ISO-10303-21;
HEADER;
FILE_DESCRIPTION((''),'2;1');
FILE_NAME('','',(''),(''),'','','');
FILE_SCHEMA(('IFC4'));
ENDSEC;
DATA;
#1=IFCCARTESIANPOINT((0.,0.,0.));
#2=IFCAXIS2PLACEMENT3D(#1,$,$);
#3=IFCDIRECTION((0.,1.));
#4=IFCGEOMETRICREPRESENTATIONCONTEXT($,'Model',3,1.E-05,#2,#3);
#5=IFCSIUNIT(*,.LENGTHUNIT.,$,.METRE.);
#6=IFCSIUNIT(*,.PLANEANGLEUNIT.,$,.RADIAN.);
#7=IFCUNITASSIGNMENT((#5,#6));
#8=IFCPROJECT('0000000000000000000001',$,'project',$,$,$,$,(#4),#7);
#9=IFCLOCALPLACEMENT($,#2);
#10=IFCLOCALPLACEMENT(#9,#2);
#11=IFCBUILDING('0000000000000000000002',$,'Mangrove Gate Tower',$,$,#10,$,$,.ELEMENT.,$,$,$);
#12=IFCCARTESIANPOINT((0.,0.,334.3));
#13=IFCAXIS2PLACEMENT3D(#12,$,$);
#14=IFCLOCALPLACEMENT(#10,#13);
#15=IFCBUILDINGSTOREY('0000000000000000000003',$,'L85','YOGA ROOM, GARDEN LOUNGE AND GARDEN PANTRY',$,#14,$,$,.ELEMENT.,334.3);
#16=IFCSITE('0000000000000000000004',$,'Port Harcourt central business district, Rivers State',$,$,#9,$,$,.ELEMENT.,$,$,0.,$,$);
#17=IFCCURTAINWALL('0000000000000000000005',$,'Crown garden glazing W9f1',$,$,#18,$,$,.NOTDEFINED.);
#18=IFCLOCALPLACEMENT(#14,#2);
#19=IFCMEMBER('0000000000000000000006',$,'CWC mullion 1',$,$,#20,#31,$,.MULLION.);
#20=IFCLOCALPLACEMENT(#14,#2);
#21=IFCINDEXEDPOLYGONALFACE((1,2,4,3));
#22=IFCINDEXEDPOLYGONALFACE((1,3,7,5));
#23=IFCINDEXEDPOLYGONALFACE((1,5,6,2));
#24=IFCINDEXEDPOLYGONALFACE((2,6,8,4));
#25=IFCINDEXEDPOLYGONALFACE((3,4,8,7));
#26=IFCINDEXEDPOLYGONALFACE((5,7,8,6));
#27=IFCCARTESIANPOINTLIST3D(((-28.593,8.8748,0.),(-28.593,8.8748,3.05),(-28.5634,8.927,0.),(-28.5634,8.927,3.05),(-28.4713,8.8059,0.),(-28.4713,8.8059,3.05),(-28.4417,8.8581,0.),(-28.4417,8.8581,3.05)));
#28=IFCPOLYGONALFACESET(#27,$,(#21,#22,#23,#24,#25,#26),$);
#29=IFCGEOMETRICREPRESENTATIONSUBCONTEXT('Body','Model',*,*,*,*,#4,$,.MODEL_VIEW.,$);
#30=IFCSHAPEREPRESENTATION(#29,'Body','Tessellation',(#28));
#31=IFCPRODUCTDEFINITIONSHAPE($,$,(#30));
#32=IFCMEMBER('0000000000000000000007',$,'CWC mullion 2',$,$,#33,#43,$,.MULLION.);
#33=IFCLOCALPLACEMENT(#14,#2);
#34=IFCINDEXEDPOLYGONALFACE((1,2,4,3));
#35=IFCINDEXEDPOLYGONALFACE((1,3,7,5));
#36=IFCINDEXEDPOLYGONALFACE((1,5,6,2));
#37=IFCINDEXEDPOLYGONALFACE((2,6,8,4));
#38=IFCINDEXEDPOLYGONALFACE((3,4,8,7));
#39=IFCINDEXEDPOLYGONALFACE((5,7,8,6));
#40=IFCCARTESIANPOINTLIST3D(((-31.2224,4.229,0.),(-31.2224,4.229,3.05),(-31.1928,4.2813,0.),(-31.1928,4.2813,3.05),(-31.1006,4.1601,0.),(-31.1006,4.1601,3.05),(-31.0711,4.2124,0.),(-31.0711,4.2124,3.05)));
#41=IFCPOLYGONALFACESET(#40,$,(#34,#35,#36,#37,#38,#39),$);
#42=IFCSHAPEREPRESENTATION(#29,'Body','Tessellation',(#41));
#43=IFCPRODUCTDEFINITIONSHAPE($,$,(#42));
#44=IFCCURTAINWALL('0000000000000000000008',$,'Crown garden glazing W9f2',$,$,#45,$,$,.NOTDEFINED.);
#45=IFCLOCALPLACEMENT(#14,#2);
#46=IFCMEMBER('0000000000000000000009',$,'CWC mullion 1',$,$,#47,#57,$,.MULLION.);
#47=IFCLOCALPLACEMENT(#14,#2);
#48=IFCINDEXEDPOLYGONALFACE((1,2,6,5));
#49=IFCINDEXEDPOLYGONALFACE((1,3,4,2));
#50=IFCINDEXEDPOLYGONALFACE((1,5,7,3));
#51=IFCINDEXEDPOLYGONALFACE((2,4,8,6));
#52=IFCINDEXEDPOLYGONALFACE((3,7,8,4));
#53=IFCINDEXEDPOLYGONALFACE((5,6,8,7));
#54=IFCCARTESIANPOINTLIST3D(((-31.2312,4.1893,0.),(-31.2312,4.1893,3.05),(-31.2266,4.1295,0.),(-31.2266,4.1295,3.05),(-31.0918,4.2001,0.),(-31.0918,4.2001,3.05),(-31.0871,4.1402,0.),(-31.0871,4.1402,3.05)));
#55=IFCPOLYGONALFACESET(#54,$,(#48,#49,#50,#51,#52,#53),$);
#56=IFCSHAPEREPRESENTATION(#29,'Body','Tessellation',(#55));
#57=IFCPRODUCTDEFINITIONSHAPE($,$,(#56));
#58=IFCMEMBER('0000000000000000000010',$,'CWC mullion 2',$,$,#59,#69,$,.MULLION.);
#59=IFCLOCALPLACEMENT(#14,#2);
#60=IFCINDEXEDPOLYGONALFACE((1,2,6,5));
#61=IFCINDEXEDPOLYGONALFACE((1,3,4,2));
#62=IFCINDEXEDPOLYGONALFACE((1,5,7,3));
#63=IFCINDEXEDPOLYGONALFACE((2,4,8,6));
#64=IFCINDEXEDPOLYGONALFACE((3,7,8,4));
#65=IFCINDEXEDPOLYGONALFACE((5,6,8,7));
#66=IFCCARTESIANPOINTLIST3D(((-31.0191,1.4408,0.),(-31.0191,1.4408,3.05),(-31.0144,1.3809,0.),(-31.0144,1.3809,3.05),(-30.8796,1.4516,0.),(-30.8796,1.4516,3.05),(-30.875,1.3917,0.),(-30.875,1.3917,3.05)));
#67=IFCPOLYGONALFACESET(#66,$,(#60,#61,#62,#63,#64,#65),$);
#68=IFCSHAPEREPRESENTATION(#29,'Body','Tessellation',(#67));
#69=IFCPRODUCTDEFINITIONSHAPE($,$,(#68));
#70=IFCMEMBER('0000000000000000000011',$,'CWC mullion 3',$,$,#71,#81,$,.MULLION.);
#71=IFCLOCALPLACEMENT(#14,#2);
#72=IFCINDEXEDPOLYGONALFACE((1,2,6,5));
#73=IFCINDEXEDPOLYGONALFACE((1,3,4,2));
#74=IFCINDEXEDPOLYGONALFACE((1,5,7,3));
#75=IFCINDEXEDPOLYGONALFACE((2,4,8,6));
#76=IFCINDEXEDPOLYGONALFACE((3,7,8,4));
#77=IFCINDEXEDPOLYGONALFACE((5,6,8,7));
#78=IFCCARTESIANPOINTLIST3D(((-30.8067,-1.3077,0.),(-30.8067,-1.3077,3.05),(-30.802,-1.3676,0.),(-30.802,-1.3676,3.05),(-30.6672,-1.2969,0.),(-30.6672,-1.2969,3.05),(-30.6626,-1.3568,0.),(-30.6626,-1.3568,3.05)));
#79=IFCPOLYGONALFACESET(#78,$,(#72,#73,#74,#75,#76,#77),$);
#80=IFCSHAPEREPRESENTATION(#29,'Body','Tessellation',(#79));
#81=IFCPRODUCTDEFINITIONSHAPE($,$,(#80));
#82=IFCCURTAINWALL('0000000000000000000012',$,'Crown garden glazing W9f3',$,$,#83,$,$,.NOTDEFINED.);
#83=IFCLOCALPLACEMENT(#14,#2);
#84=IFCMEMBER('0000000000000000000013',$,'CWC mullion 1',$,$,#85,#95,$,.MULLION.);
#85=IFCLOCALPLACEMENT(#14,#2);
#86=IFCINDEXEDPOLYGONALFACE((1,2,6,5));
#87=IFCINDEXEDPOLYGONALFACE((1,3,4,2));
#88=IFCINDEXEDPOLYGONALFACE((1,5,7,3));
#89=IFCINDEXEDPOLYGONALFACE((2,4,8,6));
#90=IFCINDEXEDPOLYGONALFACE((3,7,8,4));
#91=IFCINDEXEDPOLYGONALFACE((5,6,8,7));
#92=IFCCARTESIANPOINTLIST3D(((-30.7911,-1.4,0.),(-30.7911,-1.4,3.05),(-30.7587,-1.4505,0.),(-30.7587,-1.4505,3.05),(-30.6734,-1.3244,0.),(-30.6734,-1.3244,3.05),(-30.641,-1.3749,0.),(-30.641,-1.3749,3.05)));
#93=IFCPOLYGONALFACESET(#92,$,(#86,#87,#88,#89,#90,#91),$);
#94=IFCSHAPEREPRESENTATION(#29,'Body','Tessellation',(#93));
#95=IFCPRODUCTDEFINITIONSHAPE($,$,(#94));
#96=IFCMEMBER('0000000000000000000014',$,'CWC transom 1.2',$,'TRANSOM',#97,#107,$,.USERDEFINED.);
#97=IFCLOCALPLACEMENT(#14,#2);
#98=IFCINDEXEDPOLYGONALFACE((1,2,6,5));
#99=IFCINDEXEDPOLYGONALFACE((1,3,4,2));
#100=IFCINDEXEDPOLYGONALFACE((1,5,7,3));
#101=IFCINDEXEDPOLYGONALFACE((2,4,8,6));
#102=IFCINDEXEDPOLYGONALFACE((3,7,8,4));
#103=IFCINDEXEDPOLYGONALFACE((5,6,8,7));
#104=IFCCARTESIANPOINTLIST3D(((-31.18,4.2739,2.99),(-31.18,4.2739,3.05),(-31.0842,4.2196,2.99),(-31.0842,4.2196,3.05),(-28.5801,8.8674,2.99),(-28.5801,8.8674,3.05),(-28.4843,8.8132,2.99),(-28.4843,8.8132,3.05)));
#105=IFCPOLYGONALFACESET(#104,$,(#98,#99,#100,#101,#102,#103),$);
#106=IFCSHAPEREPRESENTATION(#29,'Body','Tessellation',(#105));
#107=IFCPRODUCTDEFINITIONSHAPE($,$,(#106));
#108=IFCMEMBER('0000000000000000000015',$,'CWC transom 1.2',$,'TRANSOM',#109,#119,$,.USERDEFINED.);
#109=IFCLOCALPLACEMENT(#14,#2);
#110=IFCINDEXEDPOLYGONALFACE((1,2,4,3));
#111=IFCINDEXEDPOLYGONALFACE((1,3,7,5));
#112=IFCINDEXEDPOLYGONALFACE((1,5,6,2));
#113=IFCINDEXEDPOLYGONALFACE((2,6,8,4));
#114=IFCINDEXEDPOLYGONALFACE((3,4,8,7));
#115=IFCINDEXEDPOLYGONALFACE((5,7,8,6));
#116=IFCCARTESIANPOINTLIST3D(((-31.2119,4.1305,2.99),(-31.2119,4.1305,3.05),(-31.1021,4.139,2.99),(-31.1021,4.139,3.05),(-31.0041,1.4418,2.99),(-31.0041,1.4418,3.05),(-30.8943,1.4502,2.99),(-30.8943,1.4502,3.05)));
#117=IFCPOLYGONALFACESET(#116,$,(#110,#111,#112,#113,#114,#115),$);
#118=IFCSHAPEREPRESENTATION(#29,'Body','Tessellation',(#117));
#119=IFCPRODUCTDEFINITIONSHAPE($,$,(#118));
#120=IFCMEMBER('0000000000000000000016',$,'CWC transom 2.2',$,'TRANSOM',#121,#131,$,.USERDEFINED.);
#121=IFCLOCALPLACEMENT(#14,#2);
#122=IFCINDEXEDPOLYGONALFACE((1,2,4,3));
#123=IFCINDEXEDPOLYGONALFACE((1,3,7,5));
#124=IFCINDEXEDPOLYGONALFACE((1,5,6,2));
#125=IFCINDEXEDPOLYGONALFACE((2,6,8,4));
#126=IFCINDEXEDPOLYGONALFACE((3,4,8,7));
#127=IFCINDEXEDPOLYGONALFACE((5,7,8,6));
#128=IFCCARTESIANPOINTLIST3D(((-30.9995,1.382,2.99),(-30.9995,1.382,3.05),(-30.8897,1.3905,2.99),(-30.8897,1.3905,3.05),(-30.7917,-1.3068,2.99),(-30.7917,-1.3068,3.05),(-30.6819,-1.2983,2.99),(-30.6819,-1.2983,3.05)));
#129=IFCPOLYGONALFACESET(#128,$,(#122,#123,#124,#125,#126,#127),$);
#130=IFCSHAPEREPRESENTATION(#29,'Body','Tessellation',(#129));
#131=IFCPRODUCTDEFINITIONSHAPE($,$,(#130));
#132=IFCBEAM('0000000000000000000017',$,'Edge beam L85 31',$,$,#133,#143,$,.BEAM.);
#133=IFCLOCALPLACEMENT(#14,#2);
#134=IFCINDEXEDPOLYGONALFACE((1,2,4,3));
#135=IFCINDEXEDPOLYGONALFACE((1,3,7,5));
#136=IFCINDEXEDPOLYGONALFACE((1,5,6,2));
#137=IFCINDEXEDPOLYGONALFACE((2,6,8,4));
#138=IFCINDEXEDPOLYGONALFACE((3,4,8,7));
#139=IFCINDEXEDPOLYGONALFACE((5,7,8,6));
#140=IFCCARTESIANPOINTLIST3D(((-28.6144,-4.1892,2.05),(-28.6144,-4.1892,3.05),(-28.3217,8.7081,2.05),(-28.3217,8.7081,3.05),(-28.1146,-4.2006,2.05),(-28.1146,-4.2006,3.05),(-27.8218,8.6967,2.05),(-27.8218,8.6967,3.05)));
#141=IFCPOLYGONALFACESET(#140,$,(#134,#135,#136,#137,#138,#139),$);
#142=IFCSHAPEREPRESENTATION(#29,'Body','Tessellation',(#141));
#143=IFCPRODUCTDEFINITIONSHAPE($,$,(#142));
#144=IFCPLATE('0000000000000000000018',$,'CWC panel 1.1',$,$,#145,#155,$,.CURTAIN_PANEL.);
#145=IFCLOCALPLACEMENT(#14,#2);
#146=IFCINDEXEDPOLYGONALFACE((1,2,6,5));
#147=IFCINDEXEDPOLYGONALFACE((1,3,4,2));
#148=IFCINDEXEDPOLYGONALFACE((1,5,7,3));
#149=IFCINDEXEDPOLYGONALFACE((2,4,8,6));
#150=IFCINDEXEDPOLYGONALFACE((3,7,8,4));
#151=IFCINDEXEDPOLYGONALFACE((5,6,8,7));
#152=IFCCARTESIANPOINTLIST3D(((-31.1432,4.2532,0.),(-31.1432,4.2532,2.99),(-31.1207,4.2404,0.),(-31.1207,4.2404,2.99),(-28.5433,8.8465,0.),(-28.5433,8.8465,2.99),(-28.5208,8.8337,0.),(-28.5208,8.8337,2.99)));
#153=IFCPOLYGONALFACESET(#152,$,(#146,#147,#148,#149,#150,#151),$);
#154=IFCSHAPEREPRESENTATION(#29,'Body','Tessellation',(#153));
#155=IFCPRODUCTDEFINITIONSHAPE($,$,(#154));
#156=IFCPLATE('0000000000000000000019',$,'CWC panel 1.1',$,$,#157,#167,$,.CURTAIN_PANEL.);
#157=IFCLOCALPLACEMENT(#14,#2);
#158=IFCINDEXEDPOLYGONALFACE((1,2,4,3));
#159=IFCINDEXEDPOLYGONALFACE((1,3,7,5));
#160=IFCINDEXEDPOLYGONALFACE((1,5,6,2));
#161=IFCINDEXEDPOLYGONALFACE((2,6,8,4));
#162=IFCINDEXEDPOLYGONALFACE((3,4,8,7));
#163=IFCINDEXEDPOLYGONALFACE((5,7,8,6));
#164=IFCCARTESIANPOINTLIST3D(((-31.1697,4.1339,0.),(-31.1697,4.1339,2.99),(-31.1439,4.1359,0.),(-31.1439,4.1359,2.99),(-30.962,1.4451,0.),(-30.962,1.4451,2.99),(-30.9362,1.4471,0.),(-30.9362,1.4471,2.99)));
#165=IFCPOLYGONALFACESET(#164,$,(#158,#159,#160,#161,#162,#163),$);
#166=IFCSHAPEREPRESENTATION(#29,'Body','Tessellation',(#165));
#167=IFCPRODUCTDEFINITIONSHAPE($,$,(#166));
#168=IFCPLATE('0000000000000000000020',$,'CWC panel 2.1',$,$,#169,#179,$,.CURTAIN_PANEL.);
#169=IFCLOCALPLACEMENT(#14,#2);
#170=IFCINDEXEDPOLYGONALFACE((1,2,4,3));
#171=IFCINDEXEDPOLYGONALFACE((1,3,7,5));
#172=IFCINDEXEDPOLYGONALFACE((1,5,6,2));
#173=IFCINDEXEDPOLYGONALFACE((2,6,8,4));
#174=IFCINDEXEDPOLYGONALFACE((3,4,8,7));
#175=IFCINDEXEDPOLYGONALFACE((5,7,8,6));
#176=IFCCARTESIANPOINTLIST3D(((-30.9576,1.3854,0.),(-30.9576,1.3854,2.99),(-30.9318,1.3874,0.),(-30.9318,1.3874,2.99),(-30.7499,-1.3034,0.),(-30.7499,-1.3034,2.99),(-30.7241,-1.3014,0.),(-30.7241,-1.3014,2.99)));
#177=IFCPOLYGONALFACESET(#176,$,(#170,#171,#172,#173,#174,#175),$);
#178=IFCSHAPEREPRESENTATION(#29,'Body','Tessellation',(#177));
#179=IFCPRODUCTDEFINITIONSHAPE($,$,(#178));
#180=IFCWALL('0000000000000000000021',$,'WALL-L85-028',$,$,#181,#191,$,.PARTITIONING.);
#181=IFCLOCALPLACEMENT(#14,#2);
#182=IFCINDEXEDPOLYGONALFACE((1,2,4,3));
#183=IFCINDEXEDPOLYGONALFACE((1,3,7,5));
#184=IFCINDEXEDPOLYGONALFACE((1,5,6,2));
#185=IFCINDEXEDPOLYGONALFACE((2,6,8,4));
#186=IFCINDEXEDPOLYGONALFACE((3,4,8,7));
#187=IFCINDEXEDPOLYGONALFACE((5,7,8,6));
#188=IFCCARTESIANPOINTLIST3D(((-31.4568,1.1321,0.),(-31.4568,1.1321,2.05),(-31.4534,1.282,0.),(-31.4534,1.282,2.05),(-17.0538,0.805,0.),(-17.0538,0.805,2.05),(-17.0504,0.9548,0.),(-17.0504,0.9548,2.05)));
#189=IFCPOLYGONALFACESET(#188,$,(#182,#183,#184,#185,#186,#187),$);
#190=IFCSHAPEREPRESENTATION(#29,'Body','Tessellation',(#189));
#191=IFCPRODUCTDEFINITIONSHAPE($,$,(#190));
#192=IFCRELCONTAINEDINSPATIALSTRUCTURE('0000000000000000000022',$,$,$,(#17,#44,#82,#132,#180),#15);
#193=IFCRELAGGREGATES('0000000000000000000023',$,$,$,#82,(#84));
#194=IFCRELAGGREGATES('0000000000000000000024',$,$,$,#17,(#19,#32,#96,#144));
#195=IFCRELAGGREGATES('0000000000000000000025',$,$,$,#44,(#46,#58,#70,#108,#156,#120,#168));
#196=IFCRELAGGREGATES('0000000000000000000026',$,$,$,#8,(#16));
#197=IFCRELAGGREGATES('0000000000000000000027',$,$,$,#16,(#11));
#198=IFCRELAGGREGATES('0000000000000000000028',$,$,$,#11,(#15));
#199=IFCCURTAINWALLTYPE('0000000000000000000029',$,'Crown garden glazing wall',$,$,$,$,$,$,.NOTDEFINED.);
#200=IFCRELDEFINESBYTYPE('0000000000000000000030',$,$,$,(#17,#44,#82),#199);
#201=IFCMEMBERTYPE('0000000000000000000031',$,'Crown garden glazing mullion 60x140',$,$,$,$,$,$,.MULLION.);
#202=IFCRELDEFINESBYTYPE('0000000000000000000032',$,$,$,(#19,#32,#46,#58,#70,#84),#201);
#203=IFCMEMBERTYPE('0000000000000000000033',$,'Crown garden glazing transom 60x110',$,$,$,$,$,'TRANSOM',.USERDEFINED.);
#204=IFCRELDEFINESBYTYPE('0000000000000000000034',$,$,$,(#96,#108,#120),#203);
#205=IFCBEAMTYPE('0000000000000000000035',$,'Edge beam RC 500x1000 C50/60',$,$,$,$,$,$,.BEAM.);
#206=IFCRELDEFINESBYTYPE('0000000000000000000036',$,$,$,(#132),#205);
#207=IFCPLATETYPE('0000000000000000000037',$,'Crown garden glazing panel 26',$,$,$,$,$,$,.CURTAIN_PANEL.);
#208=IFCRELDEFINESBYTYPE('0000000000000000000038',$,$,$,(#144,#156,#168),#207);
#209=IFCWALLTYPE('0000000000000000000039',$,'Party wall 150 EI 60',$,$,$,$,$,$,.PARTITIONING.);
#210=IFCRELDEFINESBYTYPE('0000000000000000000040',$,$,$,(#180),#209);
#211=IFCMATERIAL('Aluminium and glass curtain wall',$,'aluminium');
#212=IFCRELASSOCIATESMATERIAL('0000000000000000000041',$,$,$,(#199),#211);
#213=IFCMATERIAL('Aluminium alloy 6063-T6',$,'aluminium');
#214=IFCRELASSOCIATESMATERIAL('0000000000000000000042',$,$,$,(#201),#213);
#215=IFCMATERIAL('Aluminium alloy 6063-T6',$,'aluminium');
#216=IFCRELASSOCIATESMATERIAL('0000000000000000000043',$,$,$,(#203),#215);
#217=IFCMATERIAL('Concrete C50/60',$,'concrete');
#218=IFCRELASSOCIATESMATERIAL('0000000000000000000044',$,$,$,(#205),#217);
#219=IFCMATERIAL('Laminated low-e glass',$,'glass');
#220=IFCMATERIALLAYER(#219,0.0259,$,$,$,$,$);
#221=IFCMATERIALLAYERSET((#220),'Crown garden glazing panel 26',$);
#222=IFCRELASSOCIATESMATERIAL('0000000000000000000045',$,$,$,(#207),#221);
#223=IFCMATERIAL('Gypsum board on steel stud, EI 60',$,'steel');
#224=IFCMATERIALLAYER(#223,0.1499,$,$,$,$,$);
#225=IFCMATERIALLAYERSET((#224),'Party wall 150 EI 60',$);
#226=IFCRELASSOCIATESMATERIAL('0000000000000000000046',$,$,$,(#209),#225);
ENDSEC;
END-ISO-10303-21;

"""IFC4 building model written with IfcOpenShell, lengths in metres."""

from ifc_helpers import new_model, si_unit, direction, frame, frame_2d, origin, origin_2d, place, context, subcontext, project, spatial, rectangle, extrude, material, layer, layer_set, material_profile, profile_set, type_object, element, aggregate, save


model = new_model("IFC4")

# Units and contexts
model_context = context("Model", 3, precision=1e-05, world=origin(), true_north=direction((0.0, 1.0)))
body_context = subcontext(model_context, "Body", "Model", "MODEL_VIEW")
ifc_project = project(units=[si_unit("LENGTHUNIT", "METRE"), si_unit("PLANEANGLEUNIT", "RADIAN")], contexts=[model_context])

# Site, building, storey
site_placement = place(None, origin())
site = spatial("IfcSite", under=ifc_project, at=site_placement, Name="Port Harcourt central business district, Rivers State", CompositionType="ELEMENT", RefElevation=0.0)
building_placement = place(site_placement, origin())
building = spatial("IfcBuilding", under=site, at=building_placement, Name="Mangrove Gate Tower", CompositionType="ELEMENT")
storey_placement = place(building_placement, frame((0.0, 0.0, 334.3)))
storey = spatial("IfcBuildingStorey", under=building, at=storey_placement, Name="L85", Description="YOGA ROOM, GARDEN LOUNGE AND GARDEN PANTRY", CompositionType="ELEMENT", Elevation=334.3)

# Curtain walls, members
ifc_material_1 = material(Name="Aluminium and glass curtain wall", Category="aluminium")
curtain_wall_type = type_object("IfcCurtainWallType", Name="Crown garden glazing wall", PredefinedType="NOTDEFINED", material=ifc_material_1)
curtain_wall_1_placement = place(storey_placement, origin())
curtain_wall_1 = element("IfcCurtainWall", 1, at=curtain_wall_1_placement, inside=storey, type_object=curtain_wall_type, Name="Crown garden glazing W9f1", PredefinedType="NOTDEFINED")
ifc_material_2 = material(Name="Aluminium alloy 6063-T6", Category="aluminium")
ifc_material_profile_1 = material_profile(ifc_material_2, rectangle(XDim=0.0601, YDim=0.1399, at=origin_2d()))
ifc_profile_set_1 = profile_set([ifc_material_profile_1], Name="Aluminium alloy 6063-T6")
member_type_1 = type_object("IfcMemberType", Name="Crown garden glazing mullion 60x140", PredefinedType="MULLION", material=ifc_profile_set_1)
member_1_placement = place(storey_placement, frame((-28.5173, 8.8665, 0.0), z_axis=(0.0, 0.0, 1.0), x_axis=(-0.492585, -0.870264, 0.0)))
member_1 = element("IfcMember", 2, at=member_1_placement, type_object=member_type_1, Name="CWC mullion 1", PredefinedType="MULLION", context=body_context, shape_type="SweptSolid", body=[
    extrude(rectangle(XDim=0.0601, YDim=0.1399, at=origin_2d()), origin(), (0.0, 0.0, 1.0), 3.05),
])
member_2_placement = place(storey_placement, frame((-31.1467, 4.2207, 0.0), z_axis=(0.0, 0.0, 1.0), x_axis=(-0.492585, -0.870264, 0.0)))
member_2 = element("IfcMember", 3, at=member_2_placement, type_object=member_type_1, Name="CWC mullion 2", PredefinedType="MULLION", context=body_context, shape_type="SweptSolid", body=[
    extrude(rectangle(XDim=0.0601, YDim=0.1399, at=origin_2d()), origin(), (0.0, 0.0, 1.0), 3.05),
])
curtain_wall_2_placement = place(storey_placement, origin())
curtain_wall_2 = element("IfcCurtainWall", 4, at=curtain_wall_2_placement, inside=storey, type_object=curtain_wall_type, Name="Crown garden glazing W9f2", PredefinedType="NOTDEFINED")
member_3_placement = place(storey_placement, frame((-31.1592, 4.1648, 0.0), z_axis=(0.0, 0.0, 1.0), x_axis=(0.077023, -0.997029, 0.0)))
member_3 = element("IfcMember", 5, at=member_3_placement, type_object=member_type_1, Name="CWC mullion 1", PredefinedType="MULLION", context=body_context, shape_type="SweptSolid", body=[
    extrude(rectangle(XDim=0.0601, YDim=0.1399, at=origin_2d()), origin(), (0.0, 0.0, 1.0), 3.05),
])
member_4_placement = place(storey_placement, frame((-30.947, 1.4163, 0.0), z_axis=(0.0, 0.0, 1.0), x_axis=(0.077023, -0.997029, 0.0)))
member_4 = element("IfcMember", 6, at=member_4_placement, type_object=member_type_1, Name="CWC mullion 2", PredefinedType="MULLION", context=body_context, shape_type="SweptSolid", body=[
    extrude(rectangle(XDim=0.0601, YDim=0.1399, at=origin_2d()), origin(), (0.0, 0.0, 1.0), 3.05),
])
member_5_placement = place(storey_placement, frame((-30.7346, -1.3323, 0.0), z_axis=(0.0, 0.0, 1.0), x_axis=(0.077023, -0.997029, 0.0)))
member_5 = element("IfcMember", 7, at=member_5_placement, type_object=member_type_1, Name="CWC mullion 3", PredefinedType="MULLION", context=body_context, shape_type="SweptSolid", body=[
    extrude(rectangle(XDim=0.0601, YDim=0.1399, at=origin_2d()), origin(), (0.0, 0.0, 1.0), 3.05),
])

# Curtain wall, member
curtain_wall_3_placement = place(storey_placement, origin())
curtain_wall_3 = element("IfcCurtainWall", 8, at=curtain_wall_3_placement, inside=storey, type_object=curtain_wall_type, Name="Crown garden glazing W9f3", PredefinedType="NOTDEFINED")
member_6_placement = place(storey_placement, frame((-30.7161, -1.3875, 0.0), z_axis=(0.0, 0.0, 1.0), x_axis=(0.540511, -0.841337, 0.0)))
member_6 = element("IfcMember", 9, at=member_6_placement, type_object=member_type_1, Name="CWC mullion 1", PredefinedType="MULLION", context=body_context, shape_type="SweptSolid", body=[
    extrude(rectangle(XDim=0.0601, YDim=0.1399, at=origin_2d()), origin(), (0.0, 0.0, 1.0), 3.05),
])
aggregate(curtain_wall_3, [member_6])

# Members
ifc_material_3 = material(Name="Aluminium alloy 6063-T6", Category="aluminium")
ifc_material_profile_2 = material_profile(ifc_material_3, rectangle(XDim=0.0601, YDim=0.1101, at=origin_2d()))
ifc_profile_set_2 = profile_set([ifc_material_profile_2], Name="Aluminium alloy 6063-T6")
member_type_2 = type_object("IfcMemberType", Name="Crown garden glazing transom 60x110", ElementType="TRANSOM", PredefinedType="USERDEFINED", material=ifc_profile_set_2)
member_7_placement = place(storey_placement, frame((-28.5322, 8.8403, 3.02), z_axis=(-0.492563, -0.870277, 0.0), x_axis=(0.0, 0.0, 1.0)))
member_7 = element("IfcMember", 10, at=member_7_placement, type_object=member_type_2, Name="CWC transom 1.2", ObjectType="TRANSOM", PredefinedType="USERDEFINED", context=body_context, shape_type="SweptSolid", body=[
    extrude(rectangle(XDim=0.0601, YDim=0.1101, at=origin_2d()), origin(), (0.0, 0.0, 1.0), 5.2783),
])
member_8_placement = place(storey_placement, frame((-31.157, 4.1348, 3.02), z_axis=(0.077043, -0.997028, 0.0), x_axis=(0.0, 0.0, 1.0)))
member_8 = element("IfcMember", 11, at=member_8_placement, type_object=member_type_2, Name="CWC transom 1.2", ObjectType="TRANSOM", PredefinedType="USERDEFINED", context=body_context, shape_type="SweptSolid", body=[
    extrude(rectangle(XDim=0.0601, YDim=0.1101, at=origin_2d()), origin(), (0.0, 0.0, 1.0), 2.6968),
])
member_9_placement = place(storey_placement, frame((-30.9446, 1.3862, 3.02), z_axis=(0.077043, -0.997028, 0.0), x_axis=(0.0, 0.0, 1.0)))
member_9 = element("IfcMember", 12, at=member_9_placement, type_object=member_type_2, Name="CWC transom 2.2", ObjectType="TRANSOM", PredefinedType="USERDEFINED", context=body_context, shape_type="SweptSolid", body=[
    extrude(rectangle(XDim=0.0601, YDim=0.1101, at=origin_2d()), origin(), (0.0, 0.0, 1.0), 2.6968),
])

# Beam
ifc_material_4 = material(Name="Concrete C50/60", Category="concrete")
ifc_material_profile_3 = material_profile(ifc_material_4, rectangle(XDim=0.5, YDim=1.0, at=origin_2d()))
ifc_profile_set_3 = profile_set([ifc_material_profile_3], Name="Concrete C50/60")
beam_type = type_object("IfcBeamType", Name="Edge beam RC 500x1000 C50/60", PredefinedType="BEAM", material=ifc_profile_set_3)
beam_placement = place(storey_placement, frame((-28.0718, 8.7024, 2.55), z_axis=(-0.022691, -0.999743, 0.0), x_axis=(0.999743, -0.022691, 0.0)))
element("IfcBeam", 13, at=beam_placement, inside=storey, type_object=beam_type, Name="Edge beam L85 31", PredefinedType="BEAM", context=body_context, shape_type="SweptSolid", body=[
    extrude(rectangle(XDim=0.5, YDim=1.0, at=origin_2d()), origin(), (0.0, 0.0, 1.0), 12.9006),
])

# Plates
ifc_material_5 = material(Name="Laminated low-e glass", Category="glass")
ifc_layer_1 = layer(ifc_material_5, 0.0259)
ifc_layer_set_1 = layer_set([ifc_layer_1], Name="Crown garden glazing panel 26")
plate_type = type_object("IfcPlateType", Name="Crown garden glazing panel 26", PredefinedType="CURTAIN_PANEL", material=ifc_layer_set_1)
plate_1_placement = place(storey_placement, frame((-29.832, 6.5435, 0.0), z_axis=(0.0, 0.0, 1.0), x_axis=(-0.492585, -0.870264, 0.0)))
plate_1 = element("IfcPlate", 14, at=plate_1_placement, type_object=plate_type, Name="CWC panel 1.1", PredefinedType="CURTAIN_PANEL", context=body_context, shape_type="SweptSolid", body=[
    extrude(rectangle(XDim=5.2781, YDim=0.0259, at=origin_2d()), origin(), (0.0, 0.0, 1.0), 2.99),
])
aggregate(curtain_wall_1, [member_1, member_2, member_7, plate_1])
plate_2_placement = place(storey_placement, frame((-31.053, 2.7905, 0.0), z_axis=(0.0, 0.0, 1.0), x_axis=(0.077023, -0.997029, 0.0)))
plate_2 = element("IfcPlate", 15, at=plate_2_placement, type_object=plate_type, Name="CWC panel 1.1", PredefinedType="CURTAIN_PANEL", context=body_context, shape_type="SweptSolid", body=[
    extrude(rectangle(XDim=2.6968, YDim=0.0259, at=origin_2d()), origin(), (0.0, 0.0, 1.0), 2.99),
])
plate_3_placement = place(storey_placement, frame((-30.8408, 0.042, 0.0), z_axis=(0.0, 0.0, 1.0), x_axis=(0.077023, -0.997029, 0.0)))
plate_3 = element("IfcPlate", 16, at=plate_3_placement, type_object=plate_type, Name="CWC panel 2.1", PredefinedType="CURTAIN_PANEL", context=body_context, shape_type="SweptSolid", body=[
    extrude(rectangle(XDim=2.6968, YDim=0.0259, at=origin_2d()), origin(), (0.0, 0.0, 1.0), 2.99),
])
aggregate(curtain_wall_2, [member_3, member_4, member_5, member_8, plate_2, member_9, plate_3])

# Wall
ifc_material_6 = material(Name="Gypsum board on steel stud, EI 60", Category="steel")
ifc_layer_2 = layer(ifc_material_6, 0.1499)
ifc_layer_set_2 = layer_set([ifc_layer_2], Name="Party wall 150 EI 60")
wall_type = type_object("IfcWallType", Name="Party wall 150 EI 60", PredefinedType="PARTITIONING", material=ifc_layer_set_2)
wall_placement = place(storey_placement, frame((-31.4551, 1.207, 0.0), z_axis=(0.0, 0.0, 1.0), x_axis=(0.999742, -0.022708, 0.0)))
element("IfcWall", 17, at=wall_placement, inside=storey, type_object=wall_type, Name="WALL-L85-028", PredefinedType="PARTITIONING", context=body_context, shape_type="SweptSolid", body=[
    extrude(rectangle(XDim=14.4067, YDim=0.1499, at=frame_2d((7.2034, 0.0))), origin(), (0.0, 0.0, 1.0), 2.05),
])

save(model, "model.ifc")
